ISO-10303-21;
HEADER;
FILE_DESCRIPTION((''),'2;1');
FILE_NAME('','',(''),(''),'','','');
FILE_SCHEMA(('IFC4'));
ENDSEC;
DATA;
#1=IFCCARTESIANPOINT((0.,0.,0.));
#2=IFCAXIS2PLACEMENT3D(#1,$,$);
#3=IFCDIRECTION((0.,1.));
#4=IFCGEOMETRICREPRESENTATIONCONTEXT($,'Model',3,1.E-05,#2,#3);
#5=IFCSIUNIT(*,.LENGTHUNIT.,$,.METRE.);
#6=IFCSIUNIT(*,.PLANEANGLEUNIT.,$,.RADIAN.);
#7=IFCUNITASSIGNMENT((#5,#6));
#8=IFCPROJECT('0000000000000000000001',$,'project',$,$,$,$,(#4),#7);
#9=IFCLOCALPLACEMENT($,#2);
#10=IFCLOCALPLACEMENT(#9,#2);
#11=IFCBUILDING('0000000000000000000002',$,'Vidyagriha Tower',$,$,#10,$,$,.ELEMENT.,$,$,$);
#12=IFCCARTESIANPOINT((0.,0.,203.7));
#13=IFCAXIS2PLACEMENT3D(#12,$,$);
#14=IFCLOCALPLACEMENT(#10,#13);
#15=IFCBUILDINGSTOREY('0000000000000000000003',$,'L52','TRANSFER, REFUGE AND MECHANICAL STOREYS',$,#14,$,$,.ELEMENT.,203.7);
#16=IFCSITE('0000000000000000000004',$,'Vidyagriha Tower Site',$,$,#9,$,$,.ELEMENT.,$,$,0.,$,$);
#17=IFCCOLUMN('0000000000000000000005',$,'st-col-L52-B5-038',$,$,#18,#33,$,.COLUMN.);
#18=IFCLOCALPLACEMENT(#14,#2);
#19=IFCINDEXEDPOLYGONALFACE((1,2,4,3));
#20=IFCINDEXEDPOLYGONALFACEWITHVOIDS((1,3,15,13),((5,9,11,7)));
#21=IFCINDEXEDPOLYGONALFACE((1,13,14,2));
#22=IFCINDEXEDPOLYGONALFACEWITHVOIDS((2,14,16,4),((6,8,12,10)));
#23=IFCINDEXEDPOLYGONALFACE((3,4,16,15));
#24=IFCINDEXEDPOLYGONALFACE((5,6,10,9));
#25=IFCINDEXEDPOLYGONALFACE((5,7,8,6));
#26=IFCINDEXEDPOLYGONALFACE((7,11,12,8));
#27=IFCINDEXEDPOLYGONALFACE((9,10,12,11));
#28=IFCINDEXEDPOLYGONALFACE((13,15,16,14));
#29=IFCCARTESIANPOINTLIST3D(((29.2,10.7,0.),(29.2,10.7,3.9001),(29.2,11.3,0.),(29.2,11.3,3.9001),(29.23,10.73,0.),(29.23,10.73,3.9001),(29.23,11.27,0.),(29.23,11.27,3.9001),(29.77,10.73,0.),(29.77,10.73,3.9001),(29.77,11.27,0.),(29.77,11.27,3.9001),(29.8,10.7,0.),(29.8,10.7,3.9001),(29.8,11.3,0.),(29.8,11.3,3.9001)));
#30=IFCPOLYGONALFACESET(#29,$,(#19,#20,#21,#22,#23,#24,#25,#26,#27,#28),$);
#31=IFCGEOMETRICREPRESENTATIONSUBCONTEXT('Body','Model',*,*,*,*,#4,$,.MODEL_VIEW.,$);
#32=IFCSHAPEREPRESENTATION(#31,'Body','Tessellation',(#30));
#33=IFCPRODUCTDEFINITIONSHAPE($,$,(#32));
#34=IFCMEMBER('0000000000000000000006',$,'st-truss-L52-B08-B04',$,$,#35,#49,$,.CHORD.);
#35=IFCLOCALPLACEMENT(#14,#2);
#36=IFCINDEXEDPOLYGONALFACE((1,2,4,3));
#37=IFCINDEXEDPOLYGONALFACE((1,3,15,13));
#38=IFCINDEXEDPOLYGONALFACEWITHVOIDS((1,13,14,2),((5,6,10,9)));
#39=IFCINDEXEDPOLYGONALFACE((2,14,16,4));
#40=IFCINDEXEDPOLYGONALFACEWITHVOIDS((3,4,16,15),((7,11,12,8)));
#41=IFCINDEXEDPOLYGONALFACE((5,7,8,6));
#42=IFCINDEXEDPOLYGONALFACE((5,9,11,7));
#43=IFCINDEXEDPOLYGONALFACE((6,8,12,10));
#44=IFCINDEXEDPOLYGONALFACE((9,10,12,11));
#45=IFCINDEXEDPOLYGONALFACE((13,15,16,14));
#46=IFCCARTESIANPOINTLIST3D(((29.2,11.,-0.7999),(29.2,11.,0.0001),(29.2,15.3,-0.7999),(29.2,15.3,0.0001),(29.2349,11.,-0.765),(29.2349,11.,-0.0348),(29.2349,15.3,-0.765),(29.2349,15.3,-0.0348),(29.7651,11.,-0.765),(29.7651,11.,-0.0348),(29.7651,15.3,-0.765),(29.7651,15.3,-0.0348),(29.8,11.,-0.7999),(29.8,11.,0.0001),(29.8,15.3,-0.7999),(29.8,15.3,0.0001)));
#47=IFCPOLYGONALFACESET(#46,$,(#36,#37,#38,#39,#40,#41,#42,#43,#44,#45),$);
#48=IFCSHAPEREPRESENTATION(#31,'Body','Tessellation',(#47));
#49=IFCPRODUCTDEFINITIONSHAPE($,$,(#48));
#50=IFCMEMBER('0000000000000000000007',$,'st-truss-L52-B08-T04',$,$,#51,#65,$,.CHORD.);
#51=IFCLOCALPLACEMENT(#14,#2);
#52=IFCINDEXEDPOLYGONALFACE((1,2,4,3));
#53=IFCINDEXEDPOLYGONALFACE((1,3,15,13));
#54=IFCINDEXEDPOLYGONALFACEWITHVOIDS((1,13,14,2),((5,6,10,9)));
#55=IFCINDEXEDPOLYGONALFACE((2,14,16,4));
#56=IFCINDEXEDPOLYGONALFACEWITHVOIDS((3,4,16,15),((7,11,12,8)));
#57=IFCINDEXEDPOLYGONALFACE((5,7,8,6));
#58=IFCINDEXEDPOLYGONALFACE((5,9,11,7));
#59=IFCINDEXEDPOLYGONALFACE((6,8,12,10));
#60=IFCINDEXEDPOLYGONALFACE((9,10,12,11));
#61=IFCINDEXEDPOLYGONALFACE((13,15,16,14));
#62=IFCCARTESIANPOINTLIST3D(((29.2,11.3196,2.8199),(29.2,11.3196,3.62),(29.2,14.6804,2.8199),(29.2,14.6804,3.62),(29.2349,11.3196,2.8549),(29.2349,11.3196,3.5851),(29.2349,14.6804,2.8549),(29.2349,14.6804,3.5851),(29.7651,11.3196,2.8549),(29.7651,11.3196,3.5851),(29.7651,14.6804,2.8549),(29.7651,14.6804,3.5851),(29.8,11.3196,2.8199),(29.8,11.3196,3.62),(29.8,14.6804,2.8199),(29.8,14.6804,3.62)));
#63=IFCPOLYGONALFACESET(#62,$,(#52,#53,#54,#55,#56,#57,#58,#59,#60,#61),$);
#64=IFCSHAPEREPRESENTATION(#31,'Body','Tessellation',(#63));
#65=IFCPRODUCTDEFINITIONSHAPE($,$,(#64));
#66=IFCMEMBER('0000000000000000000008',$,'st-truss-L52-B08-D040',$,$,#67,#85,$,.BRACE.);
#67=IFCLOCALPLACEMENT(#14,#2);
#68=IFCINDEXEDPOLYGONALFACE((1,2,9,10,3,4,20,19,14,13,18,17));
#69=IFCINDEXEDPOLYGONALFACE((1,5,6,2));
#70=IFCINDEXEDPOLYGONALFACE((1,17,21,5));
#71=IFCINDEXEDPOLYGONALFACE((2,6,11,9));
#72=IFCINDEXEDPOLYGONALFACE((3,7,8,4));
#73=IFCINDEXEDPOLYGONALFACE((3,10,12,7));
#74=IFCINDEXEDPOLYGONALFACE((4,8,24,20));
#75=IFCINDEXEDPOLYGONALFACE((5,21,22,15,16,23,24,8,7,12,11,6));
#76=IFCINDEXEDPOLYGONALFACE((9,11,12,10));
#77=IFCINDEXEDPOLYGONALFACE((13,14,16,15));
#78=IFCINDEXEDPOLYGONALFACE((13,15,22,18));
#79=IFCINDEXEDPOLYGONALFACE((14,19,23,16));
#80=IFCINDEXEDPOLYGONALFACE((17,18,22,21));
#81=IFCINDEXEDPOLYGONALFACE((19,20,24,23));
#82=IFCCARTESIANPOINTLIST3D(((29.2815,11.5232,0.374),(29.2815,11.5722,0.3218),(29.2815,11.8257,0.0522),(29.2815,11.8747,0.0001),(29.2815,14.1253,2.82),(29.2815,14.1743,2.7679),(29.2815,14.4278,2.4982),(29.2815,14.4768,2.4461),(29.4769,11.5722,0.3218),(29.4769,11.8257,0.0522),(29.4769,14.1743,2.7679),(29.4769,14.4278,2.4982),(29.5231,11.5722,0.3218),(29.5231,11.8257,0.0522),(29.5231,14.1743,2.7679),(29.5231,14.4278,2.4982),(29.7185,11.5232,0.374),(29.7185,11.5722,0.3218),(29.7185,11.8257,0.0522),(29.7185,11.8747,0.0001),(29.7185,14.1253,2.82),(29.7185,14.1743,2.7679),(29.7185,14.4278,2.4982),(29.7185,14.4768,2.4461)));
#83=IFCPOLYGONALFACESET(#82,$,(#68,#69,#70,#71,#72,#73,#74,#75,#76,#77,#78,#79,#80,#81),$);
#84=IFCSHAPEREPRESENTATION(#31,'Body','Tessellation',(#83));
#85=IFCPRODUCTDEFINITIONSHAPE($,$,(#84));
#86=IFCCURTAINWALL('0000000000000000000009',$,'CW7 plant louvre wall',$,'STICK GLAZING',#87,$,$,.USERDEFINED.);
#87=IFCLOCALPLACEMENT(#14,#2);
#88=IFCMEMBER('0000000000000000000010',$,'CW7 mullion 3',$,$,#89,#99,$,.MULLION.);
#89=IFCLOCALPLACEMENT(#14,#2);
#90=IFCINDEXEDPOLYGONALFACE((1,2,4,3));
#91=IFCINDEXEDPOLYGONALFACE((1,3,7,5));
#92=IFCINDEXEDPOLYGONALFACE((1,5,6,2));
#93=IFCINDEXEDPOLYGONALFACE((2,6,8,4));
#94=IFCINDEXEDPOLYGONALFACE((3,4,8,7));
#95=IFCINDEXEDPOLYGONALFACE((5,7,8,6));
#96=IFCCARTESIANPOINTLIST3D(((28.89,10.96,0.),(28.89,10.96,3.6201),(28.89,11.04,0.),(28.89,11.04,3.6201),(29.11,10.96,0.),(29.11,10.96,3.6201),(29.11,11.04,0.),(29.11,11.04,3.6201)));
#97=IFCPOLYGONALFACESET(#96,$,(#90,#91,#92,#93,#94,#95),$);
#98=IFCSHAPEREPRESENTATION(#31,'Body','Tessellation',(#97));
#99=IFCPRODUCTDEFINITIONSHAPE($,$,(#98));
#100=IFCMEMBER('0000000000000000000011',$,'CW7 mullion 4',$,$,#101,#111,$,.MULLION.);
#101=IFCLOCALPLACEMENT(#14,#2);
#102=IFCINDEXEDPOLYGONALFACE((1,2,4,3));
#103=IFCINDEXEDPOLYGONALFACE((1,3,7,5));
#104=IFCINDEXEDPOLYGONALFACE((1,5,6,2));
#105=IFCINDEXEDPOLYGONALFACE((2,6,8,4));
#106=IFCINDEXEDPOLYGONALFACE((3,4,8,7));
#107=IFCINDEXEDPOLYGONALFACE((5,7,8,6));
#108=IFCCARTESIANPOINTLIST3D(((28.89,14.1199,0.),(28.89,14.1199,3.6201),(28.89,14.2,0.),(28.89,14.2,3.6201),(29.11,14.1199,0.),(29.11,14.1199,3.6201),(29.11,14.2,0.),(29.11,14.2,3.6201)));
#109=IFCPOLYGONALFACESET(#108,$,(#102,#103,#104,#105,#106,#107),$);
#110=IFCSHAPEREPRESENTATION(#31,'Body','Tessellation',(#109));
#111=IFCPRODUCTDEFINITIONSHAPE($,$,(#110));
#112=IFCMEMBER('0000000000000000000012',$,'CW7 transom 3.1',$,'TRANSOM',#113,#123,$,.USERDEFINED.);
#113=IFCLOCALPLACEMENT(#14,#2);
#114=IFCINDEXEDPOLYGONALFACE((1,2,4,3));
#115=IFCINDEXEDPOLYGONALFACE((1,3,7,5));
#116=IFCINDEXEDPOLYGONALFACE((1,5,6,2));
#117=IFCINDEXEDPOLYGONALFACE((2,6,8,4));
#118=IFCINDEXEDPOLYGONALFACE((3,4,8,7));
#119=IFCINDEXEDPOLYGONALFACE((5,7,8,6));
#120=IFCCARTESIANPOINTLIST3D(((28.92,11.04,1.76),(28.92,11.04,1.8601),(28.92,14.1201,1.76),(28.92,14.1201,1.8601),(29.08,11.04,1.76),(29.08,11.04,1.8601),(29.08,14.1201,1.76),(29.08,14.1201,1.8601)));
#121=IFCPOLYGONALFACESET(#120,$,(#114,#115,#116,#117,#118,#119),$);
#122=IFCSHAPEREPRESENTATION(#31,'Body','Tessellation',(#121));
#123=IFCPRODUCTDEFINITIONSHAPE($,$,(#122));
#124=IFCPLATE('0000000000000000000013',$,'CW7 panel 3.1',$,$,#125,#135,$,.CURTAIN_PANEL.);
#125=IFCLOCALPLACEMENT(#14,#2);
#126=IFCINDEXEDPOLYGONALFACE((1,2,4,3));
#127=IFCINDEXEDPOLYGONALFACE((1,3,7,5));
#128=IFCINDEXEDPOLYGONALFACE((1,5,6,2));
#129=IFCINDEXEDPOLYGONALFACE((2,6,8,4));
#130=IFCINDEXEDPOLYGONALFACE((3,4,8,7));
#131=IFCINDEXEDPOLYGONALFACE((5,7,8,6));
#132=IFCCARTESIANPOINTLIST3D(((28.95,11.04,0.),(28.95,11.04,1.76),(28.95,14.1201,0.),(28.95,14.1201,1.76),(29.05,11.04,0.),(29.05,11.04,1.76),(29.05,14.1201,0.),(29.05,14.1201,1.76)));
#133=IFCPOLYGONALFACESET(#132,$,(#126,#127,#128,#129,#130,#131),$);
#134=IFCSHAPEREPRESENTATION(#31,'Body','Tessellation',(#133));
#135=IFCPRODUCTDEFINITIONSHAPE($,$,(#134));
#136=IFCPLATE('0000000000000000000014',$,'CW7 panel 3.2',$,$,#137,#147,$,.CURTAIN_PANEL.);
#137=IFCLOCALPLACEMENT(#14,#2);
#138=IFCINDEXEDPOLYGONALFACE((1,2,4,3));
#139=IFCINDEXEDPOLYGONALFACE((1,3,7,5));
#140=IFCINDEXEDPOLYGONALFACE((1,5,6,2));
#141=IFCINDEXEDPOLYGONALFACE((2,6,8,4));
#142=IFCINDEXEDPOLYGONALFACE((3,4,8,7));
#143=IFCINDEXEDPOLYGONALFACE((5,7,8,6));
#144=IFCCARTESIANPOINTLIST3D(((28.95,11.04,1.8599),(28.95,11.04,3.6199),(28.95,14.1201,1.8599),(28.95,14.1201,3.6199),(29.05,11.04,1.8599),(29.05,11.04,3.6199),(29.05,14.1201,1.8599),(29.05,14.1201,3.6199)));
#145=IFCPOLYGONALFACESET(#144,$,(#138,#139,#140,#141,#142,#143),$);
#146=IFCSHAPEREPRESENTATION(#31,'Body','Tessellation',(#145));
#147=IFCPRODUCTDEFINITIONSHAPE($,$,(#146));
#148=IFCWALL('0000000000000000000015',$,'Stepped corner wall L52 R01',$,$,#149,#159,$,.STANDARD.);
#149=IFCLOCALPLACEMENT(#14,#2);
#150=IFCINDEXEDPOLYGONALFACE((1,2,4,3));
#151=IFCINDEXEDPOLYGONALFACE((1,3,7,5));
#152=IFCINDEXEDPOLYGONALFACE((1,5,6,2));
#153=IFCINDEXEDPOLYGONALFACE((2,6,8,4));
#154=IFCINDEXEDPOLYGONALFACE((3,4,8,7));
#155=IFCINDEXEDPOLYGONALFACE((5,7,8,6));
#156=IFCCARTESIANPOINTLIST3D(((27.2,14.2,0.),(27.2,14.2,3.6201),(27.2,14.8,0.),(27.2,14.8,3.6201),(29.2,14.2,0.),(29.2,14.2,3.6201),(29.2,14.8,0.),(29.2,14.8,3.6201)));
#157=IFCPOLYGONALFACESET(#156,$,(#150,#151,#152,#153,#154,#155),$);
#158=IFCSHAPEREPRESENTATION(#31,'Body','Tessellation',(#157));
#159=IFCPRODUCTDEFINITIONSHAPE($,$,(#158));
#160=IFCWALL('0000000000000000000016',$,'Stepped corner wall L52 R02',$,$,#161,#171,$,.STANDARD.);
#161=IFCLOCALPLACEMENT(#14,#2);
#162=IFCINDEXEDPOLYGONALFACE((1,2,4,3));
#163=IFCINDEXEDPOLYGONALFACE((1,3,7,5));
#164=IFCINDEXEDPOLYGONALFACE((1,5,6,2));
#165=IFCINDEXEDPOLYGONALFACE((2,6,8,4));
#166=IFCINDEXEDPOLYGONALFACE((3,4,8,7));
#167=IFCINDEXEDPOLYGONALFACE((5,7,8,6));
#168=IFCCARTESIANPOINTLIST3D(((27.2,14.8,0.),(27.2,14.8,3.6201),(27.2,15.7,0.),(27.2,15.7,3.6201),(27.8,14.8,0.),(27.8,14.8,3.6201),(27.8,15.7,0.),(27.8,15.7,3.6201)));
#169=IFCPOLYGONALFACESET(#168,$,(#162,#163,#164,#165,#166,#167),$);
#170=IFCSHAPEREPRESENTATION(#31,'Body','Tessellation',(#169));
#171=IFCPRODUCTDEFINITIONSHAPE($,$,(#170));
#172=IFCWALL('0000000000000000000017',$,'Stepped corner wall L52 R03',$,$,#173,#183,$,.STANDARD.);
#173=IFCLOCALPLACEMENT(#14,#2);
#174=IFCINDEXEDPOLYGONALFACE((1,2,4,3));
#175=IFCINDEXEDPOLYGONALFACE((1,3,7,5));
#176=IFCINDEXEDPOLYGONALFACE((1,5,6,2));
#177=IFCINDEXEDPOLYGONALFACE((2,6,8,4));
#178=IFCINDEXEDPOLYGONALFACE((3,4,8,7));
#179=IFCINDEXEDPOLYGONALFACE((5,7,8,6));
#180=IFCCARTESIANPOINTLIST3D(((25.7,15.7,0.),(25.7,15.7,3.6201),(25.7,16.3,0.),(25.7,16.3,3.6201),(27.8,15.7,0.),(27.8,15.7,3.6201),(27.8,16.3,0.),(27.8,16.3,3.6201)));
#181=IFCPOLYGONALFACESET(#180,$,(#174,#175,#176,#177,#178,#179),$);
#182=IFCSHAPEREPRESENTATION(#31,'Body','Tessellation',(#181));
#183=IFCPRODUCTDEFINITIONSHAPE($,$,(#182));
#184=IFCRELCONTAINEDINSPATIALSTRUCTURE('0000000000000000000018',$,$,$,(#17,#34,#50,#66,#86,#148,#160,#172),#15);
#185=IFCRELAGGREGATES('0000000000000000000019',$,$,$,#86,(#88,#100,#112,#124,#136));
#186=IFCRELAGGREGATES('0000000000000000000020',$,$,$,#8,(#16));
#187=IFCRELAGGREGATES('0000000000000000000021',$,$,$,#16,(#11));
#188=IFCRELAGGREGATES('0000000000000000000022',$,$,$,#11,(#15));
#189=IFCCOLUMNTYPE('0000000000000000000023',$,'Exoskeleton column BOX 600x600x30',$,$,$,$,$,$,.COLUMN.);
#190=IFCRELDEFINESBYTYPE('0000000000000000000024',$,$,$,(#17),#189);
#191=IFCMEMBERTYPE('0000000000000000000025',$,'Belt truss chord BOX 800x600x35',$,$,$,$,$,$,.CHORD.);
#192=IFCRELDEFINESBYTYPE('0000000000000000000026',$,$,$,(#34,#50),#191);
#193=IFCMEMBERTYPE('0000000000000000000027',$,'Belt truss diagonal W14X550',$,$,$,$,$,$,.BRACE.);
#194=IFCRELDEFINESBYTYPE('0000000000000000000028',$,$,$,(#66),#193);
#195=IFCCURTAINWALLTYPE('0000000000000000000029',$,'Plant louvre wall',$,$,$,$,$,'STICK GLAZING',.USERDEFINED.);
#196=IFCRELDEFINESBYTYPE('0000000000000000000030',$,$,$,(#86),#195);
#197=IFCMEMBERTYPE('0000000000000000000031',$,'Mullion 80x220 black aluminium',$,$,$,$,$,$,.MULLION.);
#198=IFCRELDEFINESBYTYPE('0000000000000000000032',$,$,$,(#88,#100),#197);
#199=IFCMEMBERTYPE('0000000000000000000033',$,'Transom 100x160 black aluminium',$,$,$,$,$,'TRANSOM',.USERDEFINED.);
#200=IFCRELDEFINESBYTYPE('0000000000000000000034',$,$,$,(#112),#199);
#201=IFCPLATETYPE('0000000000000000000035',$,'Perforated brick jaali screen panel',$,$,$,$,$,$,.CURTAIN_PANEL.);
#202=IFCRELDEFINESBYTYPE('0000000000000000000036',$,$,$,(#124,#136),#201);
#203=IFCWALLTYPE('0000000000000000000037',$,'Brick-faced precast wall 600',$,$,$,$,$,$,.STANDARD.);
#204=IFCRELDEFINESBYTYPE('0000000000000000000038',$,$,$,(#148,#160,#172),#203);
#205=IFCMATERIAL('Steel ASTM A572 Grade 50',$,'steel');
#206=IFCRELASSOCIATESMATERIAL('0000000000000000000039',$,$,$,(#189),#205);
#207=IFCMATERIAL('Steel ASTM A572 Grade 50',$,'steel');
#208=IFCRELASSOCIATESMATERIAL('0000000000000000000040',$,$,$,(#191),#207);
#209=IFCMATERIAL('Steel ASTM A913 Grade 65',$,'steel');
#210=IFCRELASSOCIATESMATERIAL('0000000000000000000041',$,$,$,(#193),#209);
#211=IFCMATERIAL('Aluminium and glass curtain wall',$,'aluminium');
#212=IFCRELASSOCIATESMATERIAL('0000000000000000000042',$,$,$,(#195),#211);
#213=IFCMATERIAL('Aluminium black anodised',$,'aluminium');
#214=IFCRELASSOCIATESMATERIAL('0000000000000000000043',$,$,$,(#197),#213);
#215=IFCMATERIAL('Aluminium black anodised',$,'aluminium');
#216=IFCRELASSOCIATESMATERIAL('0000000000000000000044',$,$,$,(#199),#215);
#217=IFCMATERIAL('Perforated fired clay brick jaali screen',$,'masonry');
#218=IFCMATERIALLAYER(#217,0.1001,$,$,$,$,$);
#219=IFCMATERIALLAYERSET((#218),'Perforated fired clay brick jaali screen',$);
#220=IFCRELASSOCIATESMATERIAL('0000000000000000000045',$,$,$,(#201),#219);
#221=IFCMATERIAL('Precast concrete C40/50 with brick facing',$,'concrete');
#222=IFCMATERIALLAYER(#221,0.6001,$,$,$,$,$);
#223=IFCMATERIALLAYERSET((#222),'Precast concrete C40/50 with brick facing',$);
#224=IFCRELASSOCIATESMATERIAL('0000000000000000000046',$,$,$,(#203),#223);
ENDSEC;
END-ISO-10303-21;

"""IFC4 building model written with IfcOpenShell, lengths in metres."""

from ifc_helpers import new_model, si_unit, direction, frame, frame_2d, origin, origin_2d, place, context, subcontext, project, spatial, rectangle, hollow_rectangle, i_section, extrude, material, layer, layer_set, material_profile, profile_set, type_object, element, aggregate, save


model = new_model("IFC4")

# Units and contexts
model_context = context("Model", 3, precision=1e-05, world=origin(), true_north=direction((0.0, 1.0)))
body_context = subcontext(model_context, "Body", "Model", "MODEL_VIEW")
ifc_project = project(units=[si_unit("LENGTHUNIT", "METRE"), si_unit("PLANEANGLEUNIT", "RADIAN")], contexts=[model_context])

# Site, building, storey
site_placement = place(None, origin())
site = spatial("IfcSite", under=ifc_project, at=site_placement, Name="Vidyagriha Tower Site", CompositionType="ELEMENT", RefElevation=0.0)
building_placement = place(site_placement, origin())
building = spatial("IfcBuilding", under=site, at=building_placement, Name="Vidyagriha Tower", CompositionType="ELEMENT")
storey_placement = place(building_placement, frame((0.0, 0.0, 203.7)))
storey = spatial("IfcBuildingStorey", under=building, at=storey_placement, Name="L52", Description="TRANSFER, REFUGE AND MECHANICAL STOREYS", CompositionType="ELEMENT", Elevation=203.7)

# Column
ifc_material_1 = material(Name="Steel ASTM A572 Grade 50", Category="steel")
ifc_material_profile_1 = material_profile(ifc_material_1, hollow_rectangle(XDim=0.6001, YDim=0.6001, WallThickness=0.03, at=origin_2d()), Name="BOX 600x600x30")
ifc_profile_set_1 = profile_set([ifc_material_profile_1], Name="Steel ASTM A572 Grade 50")
column_type = type_object("IfcColumnType", Name="Exoskeleton column BOX 600x600x30", PredefinedType="COLUMN", material=ifc_profile_set_1)
column_placement = place(storey_placement, frame((29.5, 11.0, 0.0)))
element("IfcColumn", 1, at=column_placement, inside=storey, type_object=column_type, Name="st-col-L52-B5-038", PredefinedType="COLUMN", context=body_context, shape_type="SweptSolid", body=[
    extrude(hollow_rectangle(XDim=0.6001, YDim=0.6001, WallThickness=0.03, at=origin_2d()), origin(), (0.0, 0.0, 1.0), 3.9001),
])

# Members
ifc_material_2 = material(Name="Steel ASTM A572 Grade 50", Category="steel")
ifc_material_profile_2 = material_profile(ifc_material_2, hollow_rectangle(XDim=0.6001, YDim=0.8, WallThickness=0.0349, at=origin_2d()), Name="BOX 800x600x35")
ifc_profile_set_2 = profile_set([ifc_material_profile_2], Name="Steel ASTM A572 Grade 50")
member_type_1 = type_object("IfcMemberType", Name="Belt truss chord BOX 800x600x35", PredefinedType="CHORD", material=ifc_profile_set_2)
member_1_placement = place(storey_placement, frame((29.5, 11.0, -0.3999), z_axis=(0.0, 1.0, 0.0), x_axis=(-1.0, 0.0, 0.0)))
element("IfcMember", 2, at=member_1_placement, inside=storey, type_object=member_type_1, Name="st-truss-L52-B08-B04", PredefinedType="CHORD", context=body_context, shape_type="SweptSolid", body=[
    extrude(hollow_rectangle(XDim=0.6001, YDim=0.8, WallThickness=0.0349, at=origin_2d()), origin(), (0.0, 0.0, 1.0), 4.3),
])
member_2_placement = place(storey_placement, frame((29.5, 11.3196, 3.22), z_axis=(0.0, 1.0, 0.0), x_axis=(-1.0, 0.0, 0.0)))
element("IfcMember", 3, at=member_2_placement, inside=storey, type_object=member_type_1, Name="st-truss-L52-B08-T04", PredefinedType="CHORD", context=body_context, shape_type="SweptSolid", body=[
    extrude(hollow_rectangle(XDim=0.6001, YDim=0.8, WallThickness=0.0349, at=origin_2d()), origin(), (0.0, 0.0, 1.0), 3.3608),
])
ifc_material_3 = material(Name="Steel ASTM A913 Grade 65", Category="steel")
ifc_material_profile_3 = material_profile(ifc_material_3, i_section(OverallWidth=0.437, OverallDepth=0.5132, WebThickness=0.0461, FlangeThickness=0.0715, at=origin_2d()), Name="W14X550")
ifc_profile_set_3 = profile_set([ifc_material_profile_3], Name="Steel ASTM A913 Grade 65")
member_type_2 = type_object("IfcMemberType", Name="Belt truss diagonal W14X550", PredefinedType="BRACE", material=ifc_profile_set_3)
member_3_placement = place(storey_placement, frame((29.5, 11.699, 0.187), z_axis=(0.0, 0.728611, 0.684927), x_axis=(-1.0, 0.0, 0.0)))
element("IfcMember", 4, at=member_3_placement, inside=storey, type_object=member_type_2, Name="st-truss-L52-B08-D040", PredefinedType="BRACE", context=body_context, shape_type="SweptSolid", body=[
    extrude(i_section(OverallWidth=0.437, OverallDepth=0.5132, WebThickness=0.0461, FlangeThickness=0.0715, at=origin_2d()), origin(), (0.0, 0.0, 1.0), 3.5713),
])

# Curtain wall, members, plates
ifc_material_4 = material(Name="Aluminium and glass curtain wall", Category="aluminium")
curtain_wall_type = type_object("IfcCurtainWallType", Name="Plant louvre wall", ElementType="STICK GLAZING", PredefinedType="USERDEFINED", material=ifc_material_4)
curtain_wall_placement = place(storey_placement, origin())
curtain_wall = element("IfcCurtainWall", 5, at=curtain_wall_placement, inside=storey, type_object=curtain_wall_type, Name="CW7 plant louvre wall", ObjectType="STICK GLAZING", PredefinedType="USERDEFINED")
ifc_material_5 = material(Name="Aluminium black anodised", Category="aluminium")
ifc_material_profile_4 = material_profile(ifc_material_5, rectangle(XDim=0.22, YDim=0.0801, at=origin_2d()), Name="Mullion 80x220 black aluminium")
ifc_profile_set_4 = profile_set([ifc_material_profile_4], Name="Aluminium black anodised")
member_type_3 = type_object("IfcMemberType", Name="Mullion 80x220 black aluminium", PredefinedType="MULLION", material=ifc_profile_set_4)
member_4_placement = place(storey_placement, frame((29.0, 11.0, 0.0), z_axis=(0.0, 0.0, 1.0), x_axis=(-1.0, 0.0, 0.0)))
member_4 = element("IfcMember", 6, at=member_4_placement, type_object=member_type_3, Name="CW7 mullion 3", PredefinedType="MULLION", context=body_context, shape_type="SweptSolid", body=[
    extrude(rectangle(XDim=0.22, YDim=0.0801, at=origin_2d()), origin(), (0.0, 0.0, 1.0), 3.6201),
])
member_5_placement = place(storey_placement, frame((29.0, 14.1599, 0.0), z_axis=(0.0, 0.0, 1.0), x_axis=(-1.0, 0.0, 0.0)))
member_5 = element("IfcMember", 7, at=member_5_placement, type_object=member_type_3, Name="CW7 mullion 4", PredefinedType="MULLION", context=body_context, shape_type="SweptSolid", body=[
    extrude(rectangle(XDim=0.22, YDim=0.0801, at=origin_2d()), origin(), (0.0, 0.0, 1.0), 3.6201),
])
ifc_material_6 = material(Name="Aluminium black anodised", Category="aluminium")
ifc_material_profile_5 = material_profile(ifc_material_6, rectangle(XDim=0.1599, YDim=0.1001, at=origin_2d()), Name="Transom 100x160 black aluminium")
ifc_profile_set_5 = profile_set([ifc_material_profile_5], Name="Aluminium black anodised")
member_type_4 = type_object("IfcMemberType", Name="Transom 100x160 black aluminium", ElementType="TRANSOM", PredefinedType="USERDEFINED", material=ifc_profile_set_5)
member_6_placement = place(storey_placement, frame((29.0, 11.04, 1.8101), z_axis=(0.0, 1.0, 0.0), x_axis=(-1.0, 0.0, 0.0)))
member_6 = element("IfcMember", 8, at=member_6_placement, type_object=member_type_4, Name="CW7 transom 3.1", ObjectType="TRANSOM", PredefinedType="USERDEFINED", context=body_context, shape_type="SweptSolid", body=[
    extrude(rectangle(XDim=0.1599, YDim=0.1001, at=origin_2d()), origin(), (0.0, 0.0, 1.0), 3.0801),
])
ifc_material_7 = material(Name="Perforated fired clay brick jaali screen", Category="masonry")
ifc_layer_1 = layer(ifc_material_7, 0.1001)
ifc_layer_set_1 = layer_set([ifc_layer_1], Name="Perforated fired clay brick jaali screen")
plate_type = type_object("IfcPlateType", Name="Perforated brick jaali screen panel", PredefinedType="CURTAIN_PANEL", material=ifc_layer_set_1)
plate_1_placement = place(storey_placement, frame((29.0, 12.5801, 0.0), z_axis=(0.0, 0.0, 1.0), x_axis=(0.0, 1.0, 0.0)))
plate_1 = element("IfcPlate", 9, at=plate_1_placement, type_object=plate_type, Name="CW7 panel 3.1", PredefinedType="CURTAIN_PANEL", context=body_context, shape_type="SweptSolid", body=[
    extrude(rectangle(XDim=3.0801, YDim=0.1001, at=origin_2d()), origin(), (0.0, 0.0, 1.0), 1.76),
])
plate_2_placement = place(storey_placement, frame((29.0, 12.5801, 1.8599), z_axis=(0.0, 0.0, 1.0), x_axis=(0.0, 1.0, 0.0)))
plate_2 = element("IfcPlate", 10, at=plate_2_placement, type_object=plate_type, Name="CW7 panel 3.2", PredefinedType="CURTAIN_PANEL", context=body_context, shape_type="SweptSolid", body=[
    extrude(rectangle(XDim=3.0801, YDim=0.1001, at=origin_2d()), origin(), (0.0, 0.0, 1.0), 1.76),
])
aggregate(curtain_wall, [member_4, member_5, member_6, plate_1, plate_2])

# Walls
ifc_material_8 = material(Name="Precast concrete C40/50 with brick facing", Category="concrete")
ifc_layer_2 = layer(ifc_material_8, 0.6001)
ifc_layer_set_2 = layer_set([ifc_layer_2], Name="Precast concrete C40/50 with brick facing")
wall_type = type_object("IfcWallType", Name="Brick-faced precast wall 600", PredefinedType="STANDARD", material=ifc_layer_set_2)
wall_1_placement = place(storey_placement, frame((29.2, 14.5, 0.0), z_axis=(0.0, 0.0, 1.0), x_axis=(-1.0, 0.0, 0.0)))
element("IfcWall", 11, at=wall_1_placement, inside=storey, type_object=wall_type, Name="Stepped corner wall L52 R01", PredefinedType="STANDARD", context=body_context, shape_type="SweptSolid", body=[
    extrude(rectangle(XDim=2.0, YDim=0.6001, at=frame_2d((1.0, 0.0))), origin(), (0.0, 0.0, 1.0), 3.6201),
])
wall_2_placement = place(storey_placement, frame((27.5, 14.8, 0.0), z_axis=(0.0, 0.0, 1.0), x_axis=(0.0, 1.0, 0.0)))
element("IfcWall", 12, at=wall_2_placement, inside=storey, type_object=wall_type, Name="Stepped corner wall L52 R02", PredefinedType="STANDARD", context=body_context, shape_type="SweptSolid", body=[
    extrude(rectangle(XDim=0.8999, YDim=0.6001, at=frame_2d((0.45, 0.0))), origin(), (0.0, 0.0, 1.0), 3.6201),
])
wall_3_placement = place(storey_placement, frame((27.8, 16.0, 0.0), z_axis=(0.0, 0.0, 1.0), x_axis=(-1.0, 0.0, 0.0)))
element("IfcWall", 13, at=wall_3_placement, inside=storey, type_object=wall_type, Name="Stepped corner wall L52 R03", PredefinedType="STANDARD", context=body_context, shape_type="SweptSolid", body=[
    extrude(rectangle(XDim=2.1001, YDim=0.6001, at=frame_2d((1.05, 0.0))), origin(), (0.0, 0.0, 1.0), 3.6201),
])

save(model, "model.ifc")
